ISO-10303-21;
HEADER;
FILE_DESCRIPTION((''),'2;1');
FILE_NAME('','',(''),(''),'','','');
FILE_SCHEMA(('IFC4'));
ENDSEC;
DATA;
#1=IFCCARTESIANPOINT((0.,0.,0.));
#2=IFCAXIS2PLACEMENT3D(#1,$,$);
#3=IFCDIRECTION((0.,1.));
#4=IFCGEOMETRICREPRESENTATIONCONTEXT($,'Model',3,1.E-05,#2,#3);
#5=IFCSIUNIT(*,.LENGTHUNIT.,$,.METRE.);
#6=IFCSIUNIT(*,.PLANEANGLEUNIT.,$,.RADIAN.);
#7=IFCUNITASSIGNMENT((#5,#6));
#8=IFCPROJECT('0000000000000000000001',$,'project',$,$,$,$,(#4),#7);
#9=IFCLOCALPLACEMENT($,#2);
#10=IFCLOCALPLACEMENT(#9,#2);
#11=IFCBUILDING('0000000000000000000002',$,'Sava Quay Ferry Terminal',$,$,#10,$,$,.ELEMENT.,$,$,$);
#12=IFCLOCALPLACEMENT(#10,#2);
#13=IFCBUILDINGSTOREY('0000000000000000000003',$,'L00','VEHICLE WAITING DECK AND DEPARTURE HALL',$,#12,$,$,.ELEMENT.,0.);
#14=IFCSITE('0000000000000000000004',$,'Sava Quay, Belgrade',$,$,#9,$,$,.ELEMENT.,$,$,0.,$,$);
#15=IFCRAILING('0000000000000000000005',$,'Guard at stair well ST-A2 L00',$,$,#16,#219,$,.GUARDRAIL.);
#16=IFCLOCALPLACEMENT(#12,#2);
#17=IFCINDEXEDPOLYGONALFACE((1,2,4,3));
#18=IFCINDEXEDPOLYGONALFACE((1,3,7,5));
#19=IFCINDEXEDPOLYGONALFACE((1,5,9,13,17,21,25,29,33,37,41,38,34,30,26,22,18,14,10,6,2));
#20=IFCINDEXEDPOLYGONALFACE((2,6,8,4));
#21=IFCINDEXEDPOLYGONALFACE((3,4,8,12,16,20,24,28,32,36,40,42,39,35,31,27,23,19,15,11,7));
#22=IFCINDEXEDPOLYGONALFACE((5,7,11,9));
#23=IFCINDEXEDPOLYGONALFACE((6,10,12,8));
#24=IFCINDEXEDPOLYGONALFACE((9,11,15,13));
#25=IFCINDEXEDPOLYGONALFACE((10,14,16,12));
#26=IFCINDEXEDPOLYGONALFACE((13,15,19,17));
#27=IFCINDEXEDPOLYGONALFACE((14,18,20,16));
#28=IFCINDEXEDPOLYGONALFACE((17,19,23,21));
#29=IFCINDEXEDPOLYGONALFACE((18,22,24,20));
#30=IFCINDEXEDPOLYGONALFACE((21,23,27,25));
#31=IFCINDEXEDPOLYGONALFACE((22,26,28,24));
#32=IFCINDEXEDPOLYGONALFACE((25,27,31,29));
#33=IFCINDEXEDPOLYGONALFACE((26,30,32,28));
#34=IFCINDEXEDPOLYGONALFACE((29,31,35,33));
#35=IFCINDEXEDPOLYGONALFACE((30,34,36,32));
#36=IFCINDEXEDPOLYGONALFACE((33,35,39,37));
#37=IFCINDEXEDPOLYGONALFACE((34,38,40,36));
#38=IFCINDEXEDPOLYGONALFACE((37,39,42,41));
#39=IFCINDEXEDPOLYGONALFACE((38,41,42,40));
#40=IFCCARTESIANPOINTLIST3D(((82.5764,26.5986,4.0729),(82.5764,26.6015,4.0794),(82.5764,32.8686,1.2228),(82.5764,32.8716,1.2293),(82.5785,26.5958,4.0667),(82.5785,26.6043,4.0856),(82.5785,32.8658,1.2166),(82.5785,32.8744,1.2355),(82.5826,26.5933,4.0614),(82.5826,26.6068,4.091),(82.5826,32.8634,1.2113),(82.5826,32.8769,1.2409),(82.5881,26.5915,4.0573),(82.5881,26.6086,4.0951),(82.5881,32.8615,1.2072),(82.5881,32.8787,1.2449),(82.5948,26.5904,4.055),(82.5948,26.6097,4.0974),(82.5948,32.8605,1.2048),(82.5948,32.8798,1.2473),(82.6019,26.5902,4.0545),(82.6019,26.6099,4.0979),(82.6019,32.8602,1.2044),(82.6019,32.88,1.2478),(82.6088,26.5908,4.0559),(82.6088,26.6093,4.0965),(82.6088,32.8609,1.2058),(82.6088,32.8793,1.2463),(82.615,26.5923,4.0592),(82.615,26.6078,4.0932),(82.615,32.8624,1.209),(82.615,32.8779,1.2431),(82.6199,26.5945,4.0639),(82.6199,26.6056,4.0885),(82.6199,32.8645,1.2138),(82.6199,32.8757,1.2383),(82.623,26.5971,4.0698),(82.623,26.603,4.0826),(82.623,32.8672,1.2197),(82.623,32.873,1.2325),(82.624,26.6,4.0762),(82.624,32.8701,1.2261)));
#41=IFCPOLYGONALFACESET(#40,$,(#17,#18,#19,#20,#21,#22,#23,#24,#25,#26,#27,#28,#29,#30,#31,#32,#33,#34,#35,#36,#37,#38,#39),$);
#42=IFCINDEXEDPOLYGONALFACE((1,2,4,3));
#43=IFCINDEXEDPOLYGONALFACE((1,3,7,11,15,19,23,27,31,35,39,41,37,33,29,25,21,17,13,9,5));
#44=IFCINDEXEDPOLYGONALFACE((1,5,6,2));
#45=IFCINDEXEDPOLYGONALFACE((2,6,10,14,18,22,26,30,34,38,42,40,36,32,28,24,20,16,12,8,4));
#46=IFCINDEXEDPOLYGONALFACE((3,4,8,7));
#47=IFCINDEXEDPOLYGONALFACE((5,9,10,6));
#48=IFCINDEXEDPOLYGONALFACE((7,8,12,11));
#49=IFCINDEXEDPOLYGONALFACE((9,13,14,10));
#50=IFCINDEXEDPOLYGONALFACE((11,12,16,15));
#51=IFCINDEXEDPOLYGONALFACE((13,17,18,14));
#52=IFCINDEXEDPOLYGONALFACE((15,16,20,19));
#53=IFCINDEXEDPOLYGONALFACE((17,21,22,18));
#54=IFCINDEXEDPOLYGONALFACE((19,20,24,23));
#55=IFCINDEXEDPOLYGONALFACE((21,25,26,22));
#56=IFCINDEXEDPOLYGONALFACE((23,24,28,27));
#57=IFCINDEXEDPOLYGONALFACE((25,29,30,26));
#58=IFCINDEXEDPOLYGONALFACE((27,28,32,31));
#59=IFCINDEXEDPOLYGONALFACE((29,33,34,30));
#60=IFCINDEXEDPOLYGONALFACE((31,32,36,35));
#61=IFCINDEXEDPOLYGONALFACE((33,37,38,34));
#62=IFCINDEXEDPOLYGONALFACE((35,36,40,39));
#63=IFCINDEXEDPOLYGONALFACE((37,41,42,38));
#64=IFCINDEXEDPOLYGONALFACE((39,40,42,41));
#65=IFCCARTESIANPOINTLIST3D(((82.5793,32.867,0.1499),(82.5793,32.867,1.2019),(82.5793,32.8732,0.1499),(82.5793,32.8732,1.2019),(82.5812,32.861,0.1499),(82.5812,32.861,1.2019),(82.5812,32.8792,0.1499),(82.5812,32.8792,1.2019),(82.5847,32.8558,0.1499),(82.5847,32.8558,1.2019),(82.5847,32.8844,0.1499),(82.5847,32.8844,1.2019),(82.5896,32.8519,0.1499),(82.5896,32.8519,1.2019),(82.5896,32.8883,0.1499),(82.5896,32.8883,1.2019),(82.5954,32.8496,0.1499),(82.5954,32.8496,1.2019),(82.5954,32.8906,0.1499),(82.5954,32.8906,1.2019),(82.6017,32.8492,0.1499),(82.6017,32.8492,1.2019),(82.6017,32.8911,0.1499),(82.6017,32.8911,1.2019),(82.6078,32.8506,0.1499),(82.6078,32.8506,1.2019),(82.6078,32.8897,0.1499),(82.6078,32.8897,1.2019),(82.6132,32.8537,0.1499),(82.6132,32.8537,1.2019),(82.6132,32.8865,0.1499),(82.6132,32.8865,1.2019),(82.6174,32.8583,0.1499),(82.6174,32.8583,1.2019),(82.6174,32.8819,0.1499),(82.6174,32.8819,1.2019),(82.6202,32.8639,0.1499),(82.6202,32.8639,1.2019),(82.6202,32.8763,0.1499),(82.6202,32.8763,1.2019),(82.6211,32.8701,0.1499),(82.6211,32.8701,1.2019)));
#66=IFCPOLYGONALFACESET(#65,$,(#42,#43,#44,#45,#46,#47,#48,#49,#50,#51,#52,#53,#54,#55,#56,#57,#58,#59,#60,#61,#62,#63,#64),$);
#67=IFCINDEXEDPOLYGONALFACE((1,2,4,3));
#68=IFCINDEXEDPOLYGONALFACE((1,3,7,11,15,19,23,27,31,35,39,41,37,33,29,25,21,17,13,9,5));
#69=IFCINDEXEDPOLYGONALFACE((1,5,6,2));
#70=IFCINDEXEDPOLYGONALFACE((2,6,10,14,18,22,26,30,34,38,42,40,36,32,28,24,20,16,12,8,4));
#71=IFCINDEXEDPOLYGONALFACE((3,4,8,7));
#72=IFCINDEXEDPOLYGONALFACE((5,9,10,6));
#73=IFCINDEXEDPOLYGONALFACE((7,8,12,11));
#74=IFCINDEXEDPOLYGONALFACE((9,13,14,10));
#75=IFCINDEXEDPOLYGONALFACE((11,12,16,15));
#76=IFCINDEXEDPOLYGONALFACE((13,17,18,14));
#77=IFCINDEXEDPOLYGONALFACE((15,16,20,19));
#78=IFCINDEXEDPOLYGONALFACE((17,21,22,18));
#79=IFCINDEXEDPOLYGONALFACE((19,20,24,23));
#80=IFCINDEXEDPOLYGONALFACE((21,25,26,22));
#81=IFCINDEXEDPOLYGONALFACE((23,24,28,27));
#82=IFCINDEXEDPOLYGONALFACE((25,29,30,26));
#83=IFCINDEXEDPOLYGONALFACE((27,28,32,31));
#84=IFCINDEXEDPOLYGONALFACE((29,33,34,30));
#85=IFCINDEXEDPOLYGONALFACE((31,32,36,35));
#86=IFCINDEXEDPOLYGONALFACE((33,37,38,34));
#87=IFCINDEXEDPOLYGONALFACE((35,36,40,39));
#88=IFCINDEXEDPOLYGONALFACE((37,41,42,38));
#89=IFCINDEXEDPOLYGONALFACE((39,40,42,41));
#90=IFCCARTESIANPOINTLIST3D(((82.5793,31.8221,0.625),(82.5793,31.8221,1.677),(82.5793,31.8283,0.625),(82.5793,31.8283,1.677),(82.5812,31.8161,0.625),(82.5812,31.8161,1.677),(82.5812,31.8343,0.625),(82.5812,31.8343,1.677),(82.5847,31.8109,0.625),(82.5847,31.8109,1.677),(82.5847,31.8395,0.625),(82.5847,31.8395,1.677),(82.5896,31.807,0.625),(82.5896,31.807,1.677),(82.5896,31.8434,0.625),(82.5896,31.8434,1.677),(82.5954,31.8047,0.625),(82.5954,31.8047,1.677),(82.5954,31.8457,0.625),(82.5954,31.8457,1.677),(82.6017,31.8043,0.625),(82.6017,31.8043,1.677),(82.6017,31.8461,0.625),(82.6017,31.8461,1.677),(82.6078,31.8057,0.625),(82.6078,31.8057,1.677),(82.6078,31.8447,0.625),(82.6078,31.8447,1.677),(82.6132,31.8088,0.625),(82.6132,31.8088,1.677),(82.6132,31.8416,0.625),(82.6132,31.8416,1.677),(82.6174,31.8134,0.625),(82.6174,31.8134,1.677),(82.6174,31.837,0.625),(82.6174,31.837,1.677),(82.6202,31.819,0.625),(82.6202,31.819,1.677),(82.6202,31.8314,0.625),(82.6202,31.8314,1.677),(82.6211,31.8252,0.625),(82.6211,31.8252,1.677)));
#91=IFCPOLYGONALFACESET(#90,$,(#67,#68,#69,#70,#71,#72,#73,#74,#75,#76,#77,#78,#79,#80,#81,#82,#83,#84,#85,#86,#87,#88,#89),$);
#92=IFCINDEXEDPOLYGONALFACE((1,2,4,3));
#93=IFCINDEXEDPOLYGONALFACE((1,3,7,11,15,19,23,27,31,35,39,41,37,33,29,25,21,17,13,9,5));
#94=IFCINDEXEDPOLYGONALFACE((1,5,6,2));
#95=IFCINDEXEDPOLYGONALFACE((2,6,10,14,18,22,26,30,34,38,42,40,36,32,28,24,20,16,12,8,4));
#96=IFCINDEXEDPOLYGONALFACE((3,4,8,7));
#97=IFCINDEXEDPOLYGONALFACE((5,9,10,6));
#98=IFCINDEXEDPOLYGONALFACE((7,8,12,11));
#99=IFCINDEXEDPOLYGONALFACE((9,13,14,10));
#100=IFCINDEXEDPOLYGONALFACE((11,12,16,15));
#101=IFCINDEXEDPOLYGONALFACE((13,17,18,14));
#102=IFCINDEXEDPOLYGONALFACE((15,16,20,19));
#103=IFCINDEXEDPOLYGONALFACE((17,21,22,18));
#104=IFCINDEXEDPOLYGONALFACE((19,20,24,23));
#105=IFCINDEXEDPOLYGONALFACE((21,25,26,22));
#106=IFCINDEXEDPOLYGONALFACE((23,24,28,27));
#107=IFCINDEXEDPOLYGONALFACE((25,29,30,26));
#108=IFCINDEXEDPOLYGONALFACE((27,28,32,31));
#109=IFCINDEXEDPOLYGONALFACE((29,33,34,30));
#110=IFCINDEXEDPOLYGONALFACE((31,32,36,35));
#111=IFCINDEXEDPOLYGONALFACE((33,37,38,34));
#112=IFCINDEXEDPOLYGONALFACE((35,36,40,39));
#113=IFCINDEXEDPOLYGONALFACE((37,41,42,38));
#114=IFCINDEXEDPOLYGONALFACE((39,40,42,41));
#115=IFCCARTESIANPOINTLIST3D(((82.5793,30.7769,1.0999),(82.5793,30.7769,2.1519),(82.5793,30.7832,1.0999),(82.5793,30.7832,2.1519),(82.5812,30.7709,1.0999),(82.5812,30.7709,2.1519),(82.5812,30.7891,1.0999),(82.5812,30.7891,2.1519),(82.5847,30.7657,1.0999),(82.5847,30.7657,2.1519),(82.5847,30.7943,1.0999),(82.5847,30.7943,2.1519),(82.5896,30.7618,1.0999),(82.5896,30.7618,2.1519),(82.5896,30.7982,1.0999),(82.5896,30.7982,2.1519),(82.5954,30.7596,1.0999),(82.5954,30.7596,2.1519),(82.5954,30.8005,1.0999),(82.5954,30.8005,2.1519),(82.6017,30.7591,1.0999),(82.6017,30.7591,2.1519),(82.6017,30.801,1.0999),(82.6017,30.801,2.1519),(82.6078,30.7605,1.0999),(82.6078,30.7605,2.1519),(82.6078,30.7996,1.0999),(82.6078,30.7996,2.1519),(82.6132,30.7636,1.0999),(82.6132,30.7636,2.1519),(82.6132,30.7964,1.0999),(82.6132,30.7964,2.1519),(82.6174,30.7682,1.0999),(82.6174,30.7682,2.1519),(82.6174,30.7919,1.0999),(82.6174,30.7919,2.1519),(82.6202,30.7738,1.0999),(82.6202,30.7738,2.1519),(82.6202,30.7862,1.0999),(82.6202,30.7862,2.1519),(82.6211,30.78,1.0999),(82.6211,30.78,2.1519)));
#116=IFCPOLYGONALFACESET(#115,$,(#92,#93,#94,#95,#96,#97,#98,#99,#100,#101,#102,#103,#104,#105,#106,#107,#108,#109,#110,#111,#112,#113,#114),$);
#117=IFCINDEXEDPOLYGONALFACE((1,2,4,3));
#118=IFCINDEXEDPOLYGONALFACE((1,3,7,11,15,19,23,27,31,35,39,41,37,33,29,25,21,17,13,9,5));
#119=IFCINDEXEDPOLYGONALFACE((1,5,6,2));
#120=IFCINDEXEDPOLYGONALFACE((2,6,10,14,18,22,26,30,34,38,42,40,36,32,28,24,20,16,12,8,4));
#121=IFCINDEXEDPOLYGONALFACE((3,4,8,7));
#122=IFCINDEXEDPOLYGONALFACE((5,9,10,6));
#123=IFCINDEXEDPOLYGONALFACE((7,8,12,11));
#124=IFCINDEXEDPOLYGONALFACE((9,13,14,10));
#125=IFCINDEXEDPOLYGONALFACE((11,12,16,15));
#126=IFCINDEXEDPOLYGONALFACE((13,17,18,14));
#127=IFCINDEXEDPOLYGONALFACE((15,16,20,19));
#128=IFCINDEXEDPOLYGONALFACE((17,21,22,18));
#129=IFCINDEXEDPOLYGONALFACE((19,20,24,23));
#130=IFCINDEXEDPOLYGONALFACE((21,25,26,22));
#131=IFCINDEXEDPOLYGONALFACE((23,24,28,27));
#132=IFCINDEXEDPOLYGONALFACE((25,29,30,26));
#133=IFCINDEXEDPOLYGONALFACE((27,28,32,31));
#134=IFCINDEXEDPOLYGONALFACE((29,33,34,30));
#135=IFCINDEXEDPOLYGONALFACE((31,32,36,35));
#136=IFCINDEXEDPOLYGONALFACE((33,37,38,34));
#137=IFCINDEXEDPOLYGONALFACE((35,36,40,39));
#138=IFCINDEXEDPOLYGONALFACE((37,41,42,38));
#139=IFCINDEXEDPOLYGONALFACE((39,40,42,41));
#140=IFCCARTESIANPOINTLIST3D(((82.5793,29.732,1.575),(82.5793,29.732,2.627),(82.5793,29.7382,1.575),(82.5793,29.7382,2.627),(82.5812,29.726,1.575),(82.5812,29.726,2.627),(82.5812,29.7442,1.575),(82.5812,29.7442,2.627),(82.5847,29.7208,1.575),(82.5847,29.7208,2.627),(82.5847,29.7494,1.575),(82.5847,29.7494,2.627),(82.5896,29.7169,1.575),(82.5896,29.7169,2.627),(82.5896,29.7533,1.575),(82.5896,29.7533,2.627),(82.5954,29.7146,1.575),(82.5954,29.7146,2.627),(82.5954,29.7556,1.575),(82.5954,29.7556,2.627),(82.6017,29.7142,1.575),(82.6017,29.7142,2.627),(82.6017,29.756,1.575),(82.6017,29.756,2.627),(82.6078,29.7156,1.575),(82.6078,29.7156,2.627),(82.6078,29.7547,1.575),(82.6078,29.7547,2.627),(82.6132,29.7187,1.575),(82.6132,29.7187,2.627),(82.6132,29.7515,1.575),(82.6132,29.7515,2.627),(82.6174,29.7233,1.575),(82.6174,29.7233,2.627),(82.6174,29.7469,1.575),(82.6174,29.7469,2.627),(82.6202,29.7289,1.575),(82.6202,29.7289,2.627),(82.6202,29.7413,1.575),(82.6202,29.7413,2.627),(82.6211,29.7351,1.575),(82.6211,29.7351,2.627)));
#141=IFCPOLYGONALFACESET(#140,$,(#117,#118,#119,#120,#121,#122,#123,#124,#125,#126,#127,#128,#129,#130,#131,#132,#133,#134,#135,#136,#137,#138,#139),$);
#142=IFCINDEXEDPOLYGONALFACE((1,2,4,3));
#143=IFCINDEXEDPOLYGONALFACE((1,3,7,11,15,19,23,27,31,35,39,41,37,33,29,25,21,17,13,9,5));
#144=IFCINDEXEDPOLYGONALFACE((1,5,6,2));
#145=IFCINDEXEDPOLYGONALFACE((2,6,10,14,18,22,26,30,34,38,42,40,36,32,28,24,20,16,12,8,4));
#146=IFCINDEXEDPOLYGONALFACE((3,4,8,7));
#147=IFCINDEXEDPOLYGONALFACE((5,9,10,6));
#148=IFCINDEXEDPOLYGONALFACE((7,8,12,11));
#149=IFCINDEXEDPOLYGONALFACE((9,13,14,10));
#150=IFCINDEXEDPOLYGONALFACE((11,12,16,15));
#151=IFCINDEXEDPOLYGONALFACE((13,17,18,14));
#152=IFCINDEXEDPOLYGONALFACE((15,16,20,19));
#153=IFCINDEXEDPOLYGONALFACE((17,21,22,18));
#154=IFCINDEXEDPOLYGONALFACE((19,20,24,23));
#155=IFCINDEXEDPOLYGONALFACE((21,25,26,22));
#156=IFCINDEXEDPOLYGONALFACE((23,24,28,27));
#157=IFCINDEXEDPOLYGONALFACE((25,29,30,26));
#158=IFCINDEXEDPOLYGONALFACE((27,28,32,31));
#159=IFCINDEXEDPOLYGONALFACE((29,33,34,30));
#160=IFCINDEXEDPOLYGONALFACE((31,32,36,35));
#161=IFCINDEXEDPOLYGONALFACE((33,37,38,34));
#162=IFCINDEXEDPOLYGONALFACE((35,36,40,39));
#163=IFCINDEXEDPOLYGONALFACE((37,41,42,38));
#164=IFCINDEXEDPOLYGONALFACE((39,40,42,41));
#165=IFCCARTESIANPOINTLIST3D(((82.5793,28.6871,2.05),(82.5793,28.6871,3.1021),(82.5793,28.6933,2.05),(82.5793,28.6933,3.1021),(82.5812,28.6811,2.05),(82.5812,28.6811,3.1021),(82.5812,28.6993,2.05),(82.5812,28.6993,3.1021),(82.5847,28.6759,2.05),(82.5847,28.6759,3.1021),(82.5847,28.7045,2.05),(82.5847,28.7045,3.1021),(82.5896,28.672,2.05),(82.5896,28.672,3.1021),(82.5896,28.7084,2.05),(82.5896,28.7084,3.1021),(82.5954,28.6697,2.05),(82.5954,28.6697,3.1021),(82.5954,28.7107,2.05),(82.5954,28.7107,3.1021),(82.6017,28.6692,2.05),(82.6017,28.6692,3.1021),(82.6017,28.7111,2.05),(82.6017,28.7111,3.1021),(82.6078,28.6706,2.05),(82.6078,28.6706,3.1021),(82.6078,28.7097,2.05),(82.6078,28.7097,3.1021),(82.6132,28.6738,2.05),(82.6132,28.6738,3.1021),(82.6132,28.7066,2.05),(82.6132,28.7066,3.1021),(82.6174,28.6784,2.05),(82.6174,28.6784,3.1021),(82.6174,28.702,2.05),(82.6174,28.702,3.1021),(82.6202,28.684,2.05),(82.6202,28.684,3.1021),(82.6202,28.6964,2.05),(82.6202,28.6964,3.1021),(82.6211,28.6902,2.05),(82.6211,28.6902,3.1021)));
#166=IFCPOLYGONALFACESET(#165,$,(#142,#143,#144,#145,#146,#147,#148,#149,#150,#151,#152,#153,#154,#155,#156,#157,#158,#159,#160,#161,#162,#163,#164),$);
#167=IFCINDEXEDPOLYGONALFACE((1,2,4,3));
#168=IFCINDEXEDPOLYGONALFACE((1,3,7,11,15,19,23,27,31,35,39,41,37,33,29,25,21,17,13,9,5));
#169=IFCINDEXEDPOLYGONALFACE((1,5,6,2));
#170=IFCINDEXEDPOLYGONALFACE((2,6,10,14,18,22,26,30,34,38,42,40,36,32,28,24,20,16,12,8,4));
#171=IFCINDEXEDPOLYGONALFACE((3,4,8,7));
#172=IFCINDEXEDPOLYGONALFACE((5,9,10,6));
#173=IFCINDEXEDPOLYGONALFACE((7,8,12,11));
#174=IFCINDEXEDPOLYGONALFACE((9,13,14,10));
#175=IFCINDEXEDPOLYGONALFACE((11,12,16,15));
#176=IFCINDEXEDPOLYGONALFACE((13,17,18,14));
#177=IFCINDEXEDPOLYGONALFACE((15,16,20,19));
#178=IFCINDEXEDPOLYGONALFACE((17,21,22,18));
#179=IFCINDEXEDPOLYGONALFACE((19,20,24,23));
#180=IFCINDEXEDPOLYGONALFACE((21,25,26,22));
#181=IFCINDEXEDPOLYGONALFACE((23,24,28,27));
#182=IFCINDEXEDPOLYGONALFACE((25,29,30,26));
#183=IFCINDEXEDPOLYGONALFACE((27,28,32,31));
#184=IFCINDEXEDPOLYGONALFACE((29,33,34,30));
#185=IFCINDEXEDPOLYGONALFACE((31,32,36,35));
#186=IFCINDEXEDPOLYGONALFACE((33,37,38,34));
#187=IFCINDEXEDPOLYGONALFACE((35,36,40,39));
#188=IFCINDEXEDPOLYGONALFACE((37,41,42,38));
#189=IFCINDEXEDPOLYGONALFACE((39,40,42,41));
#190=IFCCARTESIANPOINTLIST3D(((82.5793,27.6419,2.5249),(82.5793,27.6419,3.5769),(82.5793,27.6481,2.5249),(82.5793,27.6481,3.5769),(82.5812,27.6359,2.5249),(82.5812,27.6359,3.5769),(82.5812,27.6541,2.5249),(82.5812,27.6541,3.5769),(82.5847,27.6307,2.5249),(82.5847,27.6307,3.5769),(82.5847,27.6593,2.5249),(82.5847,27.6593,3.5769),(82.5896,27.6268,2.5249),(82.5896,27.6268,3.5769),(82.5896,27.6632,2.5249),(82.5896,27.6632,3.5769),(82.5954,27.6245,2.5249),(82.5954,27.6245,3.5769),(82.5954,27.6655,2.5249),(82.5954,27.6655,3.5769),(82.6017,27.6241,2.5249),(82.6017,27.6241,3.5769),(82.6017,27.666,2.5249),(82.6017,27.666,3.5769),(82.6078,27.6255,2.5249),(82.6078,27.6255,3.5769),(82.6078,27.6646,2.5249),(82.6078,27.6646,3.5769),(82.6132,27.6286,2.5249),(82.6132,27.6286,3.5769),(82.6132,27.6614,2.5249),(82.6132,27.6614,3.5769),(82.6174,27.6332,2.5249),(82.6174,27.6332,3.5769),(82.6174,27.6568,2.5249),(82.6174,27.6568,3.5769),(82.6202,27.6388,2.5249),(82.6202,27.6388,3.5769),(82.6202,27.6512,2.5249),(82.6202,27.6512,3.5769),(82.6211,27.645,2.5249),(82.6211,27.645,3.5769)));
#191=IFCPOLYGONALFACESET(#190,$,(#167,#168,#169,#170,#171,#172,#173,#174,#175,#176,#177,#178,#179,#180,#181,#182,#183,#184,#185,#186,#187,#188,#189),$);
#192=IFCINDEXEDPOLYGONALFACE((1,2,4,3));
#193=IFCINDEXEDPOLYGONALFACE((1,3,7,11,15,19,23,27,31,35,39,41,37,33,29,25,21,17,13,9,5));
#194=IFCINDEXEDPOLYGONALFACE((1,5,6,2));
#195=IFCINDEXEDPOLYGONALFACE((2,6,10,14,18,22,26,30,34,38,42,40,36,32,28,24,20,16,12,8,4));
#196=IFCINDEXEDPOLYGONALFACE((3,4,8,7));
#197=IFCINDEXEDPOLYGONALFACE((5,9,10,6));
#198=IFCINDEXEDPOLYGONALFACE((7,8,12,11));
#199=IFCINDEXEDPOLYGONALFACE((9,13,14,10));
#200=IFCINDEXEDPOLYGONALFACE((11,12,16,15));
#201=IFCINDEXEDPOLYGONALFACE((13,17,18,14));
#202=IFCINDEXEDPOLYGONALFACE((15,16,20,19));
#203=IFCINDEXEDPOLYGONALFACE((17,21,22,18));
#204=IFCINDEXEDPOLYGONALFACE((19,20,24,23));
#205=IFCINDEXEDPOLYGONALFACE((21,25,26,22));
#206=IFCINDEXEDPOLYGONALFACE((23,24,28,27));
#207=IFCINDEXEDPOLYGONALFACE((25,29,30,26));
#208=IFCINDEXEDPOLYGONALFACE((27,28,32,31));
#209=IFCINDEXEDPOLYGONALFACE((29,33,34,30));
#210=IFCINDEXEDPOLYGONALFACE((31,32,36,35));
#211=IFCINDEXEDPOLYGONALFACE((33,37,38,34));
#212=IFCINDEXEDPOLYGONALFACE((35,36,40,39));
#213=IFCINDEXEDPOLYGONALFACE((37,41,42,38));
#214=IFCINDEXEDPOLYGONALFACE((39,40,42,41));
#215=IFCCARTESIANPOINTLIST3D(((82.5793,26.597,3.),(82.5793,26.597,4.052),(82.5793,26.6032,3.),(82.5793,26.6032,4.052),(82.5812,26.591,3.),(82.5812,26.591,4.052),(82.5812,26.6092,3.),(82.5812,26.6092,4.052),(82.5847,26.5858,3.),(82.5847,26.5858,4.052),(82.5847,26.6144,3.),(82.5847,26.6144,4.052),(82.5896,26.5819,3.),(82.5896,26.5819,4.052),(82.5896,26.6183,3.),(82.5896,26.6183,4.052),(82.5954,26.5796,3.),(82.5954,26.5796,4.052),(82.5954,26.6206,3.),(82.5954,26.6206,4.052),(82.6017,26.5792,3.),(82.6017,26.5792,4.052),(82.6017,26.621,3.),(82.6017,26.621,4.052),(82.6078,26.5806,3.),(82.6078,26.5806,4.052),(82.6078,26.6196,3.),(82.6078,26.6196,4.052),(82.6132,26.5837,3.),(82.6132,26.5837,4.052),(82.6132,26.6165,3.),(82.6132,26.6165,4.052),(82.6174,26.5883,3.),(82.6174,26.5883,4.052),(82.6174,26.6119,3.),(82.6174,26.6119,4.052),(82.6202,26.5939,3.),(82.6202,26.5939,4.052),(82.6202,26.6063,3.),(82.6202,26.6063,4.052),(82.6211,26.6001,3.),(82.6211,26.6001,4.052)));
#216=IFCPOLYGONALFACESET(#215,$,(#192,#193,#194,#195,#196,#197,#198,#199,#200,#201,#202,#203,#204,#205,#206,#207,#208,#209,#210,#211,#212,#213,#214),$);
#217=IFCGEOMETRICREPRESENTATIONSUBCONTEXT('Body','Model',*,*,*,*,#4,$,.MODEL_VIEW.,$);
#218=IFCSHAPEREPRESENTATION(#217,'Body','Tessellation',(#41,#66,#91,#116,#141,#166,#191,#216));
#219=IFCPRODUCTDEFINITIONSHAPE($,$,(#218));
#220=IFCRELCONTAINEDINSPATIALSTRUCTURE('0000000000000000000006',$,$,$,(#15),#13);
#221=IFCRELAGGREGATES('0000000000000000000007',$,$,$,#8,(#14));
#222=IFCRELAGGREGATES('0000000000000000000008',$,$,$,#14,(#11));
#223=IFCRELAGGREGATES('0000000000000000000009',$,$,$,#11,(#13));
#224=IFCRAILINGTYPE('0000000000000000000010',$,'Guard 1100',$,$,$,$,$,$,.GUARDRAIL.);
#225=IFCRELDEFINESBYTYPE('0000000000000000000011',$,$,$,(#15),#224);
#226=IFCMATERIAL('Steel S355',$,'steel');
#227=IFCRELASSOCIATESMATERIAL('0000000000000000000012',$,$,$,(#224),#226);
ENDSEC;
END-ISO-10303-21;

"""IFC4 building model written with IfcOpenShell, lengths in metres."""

from ifc_helpers import new_model, si_unit, direction, frame, origin, origin_2d, place, context, subcontext, project, spatial, circle, extrude, material, type_object, element, save


model = new_model("IFC4")

# Units and contexts
model_context = context("Model", 3, precision=1e-05, world=origin(), true_north=direction((0.0, 1.0)))
body_context = subcontext(model_context, "Body", "Model", "MODEL_VIEW")
ifc_project = project(units=[si_unit("LENGTHUNIT", "METRE"), si_unit("PLANEANGLEUNIT", "RADIAN")], contexts=[model_context])

# Site, building, storey
site_placement = place(None, origin())
site = spatial("IfcSite", under=ifc_project, at=site_placement, Name="Sava Quay, Belgrade", CompositionType="ELEMENT", RefElevation=0.0)
building_placement = place(site_placement, origin())
building = spatial("IfcBuilding", under=site, at=building_placement, Name="Sava Quay Ferry Terminal", CompositionType="ELEMENT")
storey_placement = place(building_placement, origin())
storey = spatial("IfcBuildingStorey", under=building, at=storey_placement, Name="L00", Description="VEHICLE WAITING DECK AND DEPARTURE HALL", CompositionType="ELEMENT", Elevation=0.0)

# Railing
ifc_material_1 = material(Name="Steel S355", Category="steel")
railing_type_1 = type_object("IfcRailingType", Name="Guard 1100", PredefinedType="GUARDRAIL", material=ifc_material_1)
railing_1_placement = place(storey_placement, frame((82.6001, 32.8701, 0.1499)))
element("IfcRailing", 1, at=railing_1_placement, inside=storey, type_object=railing_type_1, Name="Guard at stair well ST-A2 L00", PredefinedType="GUARDRAIL", context=body_context, shape_type="SweptSolid", body=[
    extrude(circle(Radius=0.0239, at=origin_2d()), frame((0.0, 0.0, 1.0762), z_axis=(0.0, -0.910362, 0.413814), x_axis=(1.0, 0.0, 0.0)), (0.0, 0.0, 1.0), 6.8875),
    extrude(circle(Radius=0.021, at=origin_2d()), origin(), (0.0, 0.0, 1.0), 1.052),
    extrude(circle(Radius=0.021, at=origin_2d()), frame((0.0, -1.0449, 0.4751)), (0.0, 0.0, 1.0), 1.052),
    extrude(circle(Radius=0.021, at=origin_2d()), frame((0.0, -2.0901, 0.95)), (0.0, 0.0, 1.0), 1.052),
    extrude(circle(Radius=0.021, at=origin_2d()), frame((0.0, -3.135, 1.425)), (0.0, 0.0, 1.0), 1.052),
    extrude(circle(Radius=0.021, at=origin_2d()), frame((0.0, -4.1799, 1.9001)), (0.0, 0.0, 1.0), 1.052),
    extrude(circle(Radius=0.021, at=origin_2d()), frame((0.0, -5.2251, 2.375)), (0.0, 0.0, 1.0), 1.052),
    extrude(circle(Radius=0.021, at=origin_2d()), frame((0.0, -6.27, 2.8501)), (0.0, 0.0, 1.0), 1.052),
])

save(model, "model.ifc")
